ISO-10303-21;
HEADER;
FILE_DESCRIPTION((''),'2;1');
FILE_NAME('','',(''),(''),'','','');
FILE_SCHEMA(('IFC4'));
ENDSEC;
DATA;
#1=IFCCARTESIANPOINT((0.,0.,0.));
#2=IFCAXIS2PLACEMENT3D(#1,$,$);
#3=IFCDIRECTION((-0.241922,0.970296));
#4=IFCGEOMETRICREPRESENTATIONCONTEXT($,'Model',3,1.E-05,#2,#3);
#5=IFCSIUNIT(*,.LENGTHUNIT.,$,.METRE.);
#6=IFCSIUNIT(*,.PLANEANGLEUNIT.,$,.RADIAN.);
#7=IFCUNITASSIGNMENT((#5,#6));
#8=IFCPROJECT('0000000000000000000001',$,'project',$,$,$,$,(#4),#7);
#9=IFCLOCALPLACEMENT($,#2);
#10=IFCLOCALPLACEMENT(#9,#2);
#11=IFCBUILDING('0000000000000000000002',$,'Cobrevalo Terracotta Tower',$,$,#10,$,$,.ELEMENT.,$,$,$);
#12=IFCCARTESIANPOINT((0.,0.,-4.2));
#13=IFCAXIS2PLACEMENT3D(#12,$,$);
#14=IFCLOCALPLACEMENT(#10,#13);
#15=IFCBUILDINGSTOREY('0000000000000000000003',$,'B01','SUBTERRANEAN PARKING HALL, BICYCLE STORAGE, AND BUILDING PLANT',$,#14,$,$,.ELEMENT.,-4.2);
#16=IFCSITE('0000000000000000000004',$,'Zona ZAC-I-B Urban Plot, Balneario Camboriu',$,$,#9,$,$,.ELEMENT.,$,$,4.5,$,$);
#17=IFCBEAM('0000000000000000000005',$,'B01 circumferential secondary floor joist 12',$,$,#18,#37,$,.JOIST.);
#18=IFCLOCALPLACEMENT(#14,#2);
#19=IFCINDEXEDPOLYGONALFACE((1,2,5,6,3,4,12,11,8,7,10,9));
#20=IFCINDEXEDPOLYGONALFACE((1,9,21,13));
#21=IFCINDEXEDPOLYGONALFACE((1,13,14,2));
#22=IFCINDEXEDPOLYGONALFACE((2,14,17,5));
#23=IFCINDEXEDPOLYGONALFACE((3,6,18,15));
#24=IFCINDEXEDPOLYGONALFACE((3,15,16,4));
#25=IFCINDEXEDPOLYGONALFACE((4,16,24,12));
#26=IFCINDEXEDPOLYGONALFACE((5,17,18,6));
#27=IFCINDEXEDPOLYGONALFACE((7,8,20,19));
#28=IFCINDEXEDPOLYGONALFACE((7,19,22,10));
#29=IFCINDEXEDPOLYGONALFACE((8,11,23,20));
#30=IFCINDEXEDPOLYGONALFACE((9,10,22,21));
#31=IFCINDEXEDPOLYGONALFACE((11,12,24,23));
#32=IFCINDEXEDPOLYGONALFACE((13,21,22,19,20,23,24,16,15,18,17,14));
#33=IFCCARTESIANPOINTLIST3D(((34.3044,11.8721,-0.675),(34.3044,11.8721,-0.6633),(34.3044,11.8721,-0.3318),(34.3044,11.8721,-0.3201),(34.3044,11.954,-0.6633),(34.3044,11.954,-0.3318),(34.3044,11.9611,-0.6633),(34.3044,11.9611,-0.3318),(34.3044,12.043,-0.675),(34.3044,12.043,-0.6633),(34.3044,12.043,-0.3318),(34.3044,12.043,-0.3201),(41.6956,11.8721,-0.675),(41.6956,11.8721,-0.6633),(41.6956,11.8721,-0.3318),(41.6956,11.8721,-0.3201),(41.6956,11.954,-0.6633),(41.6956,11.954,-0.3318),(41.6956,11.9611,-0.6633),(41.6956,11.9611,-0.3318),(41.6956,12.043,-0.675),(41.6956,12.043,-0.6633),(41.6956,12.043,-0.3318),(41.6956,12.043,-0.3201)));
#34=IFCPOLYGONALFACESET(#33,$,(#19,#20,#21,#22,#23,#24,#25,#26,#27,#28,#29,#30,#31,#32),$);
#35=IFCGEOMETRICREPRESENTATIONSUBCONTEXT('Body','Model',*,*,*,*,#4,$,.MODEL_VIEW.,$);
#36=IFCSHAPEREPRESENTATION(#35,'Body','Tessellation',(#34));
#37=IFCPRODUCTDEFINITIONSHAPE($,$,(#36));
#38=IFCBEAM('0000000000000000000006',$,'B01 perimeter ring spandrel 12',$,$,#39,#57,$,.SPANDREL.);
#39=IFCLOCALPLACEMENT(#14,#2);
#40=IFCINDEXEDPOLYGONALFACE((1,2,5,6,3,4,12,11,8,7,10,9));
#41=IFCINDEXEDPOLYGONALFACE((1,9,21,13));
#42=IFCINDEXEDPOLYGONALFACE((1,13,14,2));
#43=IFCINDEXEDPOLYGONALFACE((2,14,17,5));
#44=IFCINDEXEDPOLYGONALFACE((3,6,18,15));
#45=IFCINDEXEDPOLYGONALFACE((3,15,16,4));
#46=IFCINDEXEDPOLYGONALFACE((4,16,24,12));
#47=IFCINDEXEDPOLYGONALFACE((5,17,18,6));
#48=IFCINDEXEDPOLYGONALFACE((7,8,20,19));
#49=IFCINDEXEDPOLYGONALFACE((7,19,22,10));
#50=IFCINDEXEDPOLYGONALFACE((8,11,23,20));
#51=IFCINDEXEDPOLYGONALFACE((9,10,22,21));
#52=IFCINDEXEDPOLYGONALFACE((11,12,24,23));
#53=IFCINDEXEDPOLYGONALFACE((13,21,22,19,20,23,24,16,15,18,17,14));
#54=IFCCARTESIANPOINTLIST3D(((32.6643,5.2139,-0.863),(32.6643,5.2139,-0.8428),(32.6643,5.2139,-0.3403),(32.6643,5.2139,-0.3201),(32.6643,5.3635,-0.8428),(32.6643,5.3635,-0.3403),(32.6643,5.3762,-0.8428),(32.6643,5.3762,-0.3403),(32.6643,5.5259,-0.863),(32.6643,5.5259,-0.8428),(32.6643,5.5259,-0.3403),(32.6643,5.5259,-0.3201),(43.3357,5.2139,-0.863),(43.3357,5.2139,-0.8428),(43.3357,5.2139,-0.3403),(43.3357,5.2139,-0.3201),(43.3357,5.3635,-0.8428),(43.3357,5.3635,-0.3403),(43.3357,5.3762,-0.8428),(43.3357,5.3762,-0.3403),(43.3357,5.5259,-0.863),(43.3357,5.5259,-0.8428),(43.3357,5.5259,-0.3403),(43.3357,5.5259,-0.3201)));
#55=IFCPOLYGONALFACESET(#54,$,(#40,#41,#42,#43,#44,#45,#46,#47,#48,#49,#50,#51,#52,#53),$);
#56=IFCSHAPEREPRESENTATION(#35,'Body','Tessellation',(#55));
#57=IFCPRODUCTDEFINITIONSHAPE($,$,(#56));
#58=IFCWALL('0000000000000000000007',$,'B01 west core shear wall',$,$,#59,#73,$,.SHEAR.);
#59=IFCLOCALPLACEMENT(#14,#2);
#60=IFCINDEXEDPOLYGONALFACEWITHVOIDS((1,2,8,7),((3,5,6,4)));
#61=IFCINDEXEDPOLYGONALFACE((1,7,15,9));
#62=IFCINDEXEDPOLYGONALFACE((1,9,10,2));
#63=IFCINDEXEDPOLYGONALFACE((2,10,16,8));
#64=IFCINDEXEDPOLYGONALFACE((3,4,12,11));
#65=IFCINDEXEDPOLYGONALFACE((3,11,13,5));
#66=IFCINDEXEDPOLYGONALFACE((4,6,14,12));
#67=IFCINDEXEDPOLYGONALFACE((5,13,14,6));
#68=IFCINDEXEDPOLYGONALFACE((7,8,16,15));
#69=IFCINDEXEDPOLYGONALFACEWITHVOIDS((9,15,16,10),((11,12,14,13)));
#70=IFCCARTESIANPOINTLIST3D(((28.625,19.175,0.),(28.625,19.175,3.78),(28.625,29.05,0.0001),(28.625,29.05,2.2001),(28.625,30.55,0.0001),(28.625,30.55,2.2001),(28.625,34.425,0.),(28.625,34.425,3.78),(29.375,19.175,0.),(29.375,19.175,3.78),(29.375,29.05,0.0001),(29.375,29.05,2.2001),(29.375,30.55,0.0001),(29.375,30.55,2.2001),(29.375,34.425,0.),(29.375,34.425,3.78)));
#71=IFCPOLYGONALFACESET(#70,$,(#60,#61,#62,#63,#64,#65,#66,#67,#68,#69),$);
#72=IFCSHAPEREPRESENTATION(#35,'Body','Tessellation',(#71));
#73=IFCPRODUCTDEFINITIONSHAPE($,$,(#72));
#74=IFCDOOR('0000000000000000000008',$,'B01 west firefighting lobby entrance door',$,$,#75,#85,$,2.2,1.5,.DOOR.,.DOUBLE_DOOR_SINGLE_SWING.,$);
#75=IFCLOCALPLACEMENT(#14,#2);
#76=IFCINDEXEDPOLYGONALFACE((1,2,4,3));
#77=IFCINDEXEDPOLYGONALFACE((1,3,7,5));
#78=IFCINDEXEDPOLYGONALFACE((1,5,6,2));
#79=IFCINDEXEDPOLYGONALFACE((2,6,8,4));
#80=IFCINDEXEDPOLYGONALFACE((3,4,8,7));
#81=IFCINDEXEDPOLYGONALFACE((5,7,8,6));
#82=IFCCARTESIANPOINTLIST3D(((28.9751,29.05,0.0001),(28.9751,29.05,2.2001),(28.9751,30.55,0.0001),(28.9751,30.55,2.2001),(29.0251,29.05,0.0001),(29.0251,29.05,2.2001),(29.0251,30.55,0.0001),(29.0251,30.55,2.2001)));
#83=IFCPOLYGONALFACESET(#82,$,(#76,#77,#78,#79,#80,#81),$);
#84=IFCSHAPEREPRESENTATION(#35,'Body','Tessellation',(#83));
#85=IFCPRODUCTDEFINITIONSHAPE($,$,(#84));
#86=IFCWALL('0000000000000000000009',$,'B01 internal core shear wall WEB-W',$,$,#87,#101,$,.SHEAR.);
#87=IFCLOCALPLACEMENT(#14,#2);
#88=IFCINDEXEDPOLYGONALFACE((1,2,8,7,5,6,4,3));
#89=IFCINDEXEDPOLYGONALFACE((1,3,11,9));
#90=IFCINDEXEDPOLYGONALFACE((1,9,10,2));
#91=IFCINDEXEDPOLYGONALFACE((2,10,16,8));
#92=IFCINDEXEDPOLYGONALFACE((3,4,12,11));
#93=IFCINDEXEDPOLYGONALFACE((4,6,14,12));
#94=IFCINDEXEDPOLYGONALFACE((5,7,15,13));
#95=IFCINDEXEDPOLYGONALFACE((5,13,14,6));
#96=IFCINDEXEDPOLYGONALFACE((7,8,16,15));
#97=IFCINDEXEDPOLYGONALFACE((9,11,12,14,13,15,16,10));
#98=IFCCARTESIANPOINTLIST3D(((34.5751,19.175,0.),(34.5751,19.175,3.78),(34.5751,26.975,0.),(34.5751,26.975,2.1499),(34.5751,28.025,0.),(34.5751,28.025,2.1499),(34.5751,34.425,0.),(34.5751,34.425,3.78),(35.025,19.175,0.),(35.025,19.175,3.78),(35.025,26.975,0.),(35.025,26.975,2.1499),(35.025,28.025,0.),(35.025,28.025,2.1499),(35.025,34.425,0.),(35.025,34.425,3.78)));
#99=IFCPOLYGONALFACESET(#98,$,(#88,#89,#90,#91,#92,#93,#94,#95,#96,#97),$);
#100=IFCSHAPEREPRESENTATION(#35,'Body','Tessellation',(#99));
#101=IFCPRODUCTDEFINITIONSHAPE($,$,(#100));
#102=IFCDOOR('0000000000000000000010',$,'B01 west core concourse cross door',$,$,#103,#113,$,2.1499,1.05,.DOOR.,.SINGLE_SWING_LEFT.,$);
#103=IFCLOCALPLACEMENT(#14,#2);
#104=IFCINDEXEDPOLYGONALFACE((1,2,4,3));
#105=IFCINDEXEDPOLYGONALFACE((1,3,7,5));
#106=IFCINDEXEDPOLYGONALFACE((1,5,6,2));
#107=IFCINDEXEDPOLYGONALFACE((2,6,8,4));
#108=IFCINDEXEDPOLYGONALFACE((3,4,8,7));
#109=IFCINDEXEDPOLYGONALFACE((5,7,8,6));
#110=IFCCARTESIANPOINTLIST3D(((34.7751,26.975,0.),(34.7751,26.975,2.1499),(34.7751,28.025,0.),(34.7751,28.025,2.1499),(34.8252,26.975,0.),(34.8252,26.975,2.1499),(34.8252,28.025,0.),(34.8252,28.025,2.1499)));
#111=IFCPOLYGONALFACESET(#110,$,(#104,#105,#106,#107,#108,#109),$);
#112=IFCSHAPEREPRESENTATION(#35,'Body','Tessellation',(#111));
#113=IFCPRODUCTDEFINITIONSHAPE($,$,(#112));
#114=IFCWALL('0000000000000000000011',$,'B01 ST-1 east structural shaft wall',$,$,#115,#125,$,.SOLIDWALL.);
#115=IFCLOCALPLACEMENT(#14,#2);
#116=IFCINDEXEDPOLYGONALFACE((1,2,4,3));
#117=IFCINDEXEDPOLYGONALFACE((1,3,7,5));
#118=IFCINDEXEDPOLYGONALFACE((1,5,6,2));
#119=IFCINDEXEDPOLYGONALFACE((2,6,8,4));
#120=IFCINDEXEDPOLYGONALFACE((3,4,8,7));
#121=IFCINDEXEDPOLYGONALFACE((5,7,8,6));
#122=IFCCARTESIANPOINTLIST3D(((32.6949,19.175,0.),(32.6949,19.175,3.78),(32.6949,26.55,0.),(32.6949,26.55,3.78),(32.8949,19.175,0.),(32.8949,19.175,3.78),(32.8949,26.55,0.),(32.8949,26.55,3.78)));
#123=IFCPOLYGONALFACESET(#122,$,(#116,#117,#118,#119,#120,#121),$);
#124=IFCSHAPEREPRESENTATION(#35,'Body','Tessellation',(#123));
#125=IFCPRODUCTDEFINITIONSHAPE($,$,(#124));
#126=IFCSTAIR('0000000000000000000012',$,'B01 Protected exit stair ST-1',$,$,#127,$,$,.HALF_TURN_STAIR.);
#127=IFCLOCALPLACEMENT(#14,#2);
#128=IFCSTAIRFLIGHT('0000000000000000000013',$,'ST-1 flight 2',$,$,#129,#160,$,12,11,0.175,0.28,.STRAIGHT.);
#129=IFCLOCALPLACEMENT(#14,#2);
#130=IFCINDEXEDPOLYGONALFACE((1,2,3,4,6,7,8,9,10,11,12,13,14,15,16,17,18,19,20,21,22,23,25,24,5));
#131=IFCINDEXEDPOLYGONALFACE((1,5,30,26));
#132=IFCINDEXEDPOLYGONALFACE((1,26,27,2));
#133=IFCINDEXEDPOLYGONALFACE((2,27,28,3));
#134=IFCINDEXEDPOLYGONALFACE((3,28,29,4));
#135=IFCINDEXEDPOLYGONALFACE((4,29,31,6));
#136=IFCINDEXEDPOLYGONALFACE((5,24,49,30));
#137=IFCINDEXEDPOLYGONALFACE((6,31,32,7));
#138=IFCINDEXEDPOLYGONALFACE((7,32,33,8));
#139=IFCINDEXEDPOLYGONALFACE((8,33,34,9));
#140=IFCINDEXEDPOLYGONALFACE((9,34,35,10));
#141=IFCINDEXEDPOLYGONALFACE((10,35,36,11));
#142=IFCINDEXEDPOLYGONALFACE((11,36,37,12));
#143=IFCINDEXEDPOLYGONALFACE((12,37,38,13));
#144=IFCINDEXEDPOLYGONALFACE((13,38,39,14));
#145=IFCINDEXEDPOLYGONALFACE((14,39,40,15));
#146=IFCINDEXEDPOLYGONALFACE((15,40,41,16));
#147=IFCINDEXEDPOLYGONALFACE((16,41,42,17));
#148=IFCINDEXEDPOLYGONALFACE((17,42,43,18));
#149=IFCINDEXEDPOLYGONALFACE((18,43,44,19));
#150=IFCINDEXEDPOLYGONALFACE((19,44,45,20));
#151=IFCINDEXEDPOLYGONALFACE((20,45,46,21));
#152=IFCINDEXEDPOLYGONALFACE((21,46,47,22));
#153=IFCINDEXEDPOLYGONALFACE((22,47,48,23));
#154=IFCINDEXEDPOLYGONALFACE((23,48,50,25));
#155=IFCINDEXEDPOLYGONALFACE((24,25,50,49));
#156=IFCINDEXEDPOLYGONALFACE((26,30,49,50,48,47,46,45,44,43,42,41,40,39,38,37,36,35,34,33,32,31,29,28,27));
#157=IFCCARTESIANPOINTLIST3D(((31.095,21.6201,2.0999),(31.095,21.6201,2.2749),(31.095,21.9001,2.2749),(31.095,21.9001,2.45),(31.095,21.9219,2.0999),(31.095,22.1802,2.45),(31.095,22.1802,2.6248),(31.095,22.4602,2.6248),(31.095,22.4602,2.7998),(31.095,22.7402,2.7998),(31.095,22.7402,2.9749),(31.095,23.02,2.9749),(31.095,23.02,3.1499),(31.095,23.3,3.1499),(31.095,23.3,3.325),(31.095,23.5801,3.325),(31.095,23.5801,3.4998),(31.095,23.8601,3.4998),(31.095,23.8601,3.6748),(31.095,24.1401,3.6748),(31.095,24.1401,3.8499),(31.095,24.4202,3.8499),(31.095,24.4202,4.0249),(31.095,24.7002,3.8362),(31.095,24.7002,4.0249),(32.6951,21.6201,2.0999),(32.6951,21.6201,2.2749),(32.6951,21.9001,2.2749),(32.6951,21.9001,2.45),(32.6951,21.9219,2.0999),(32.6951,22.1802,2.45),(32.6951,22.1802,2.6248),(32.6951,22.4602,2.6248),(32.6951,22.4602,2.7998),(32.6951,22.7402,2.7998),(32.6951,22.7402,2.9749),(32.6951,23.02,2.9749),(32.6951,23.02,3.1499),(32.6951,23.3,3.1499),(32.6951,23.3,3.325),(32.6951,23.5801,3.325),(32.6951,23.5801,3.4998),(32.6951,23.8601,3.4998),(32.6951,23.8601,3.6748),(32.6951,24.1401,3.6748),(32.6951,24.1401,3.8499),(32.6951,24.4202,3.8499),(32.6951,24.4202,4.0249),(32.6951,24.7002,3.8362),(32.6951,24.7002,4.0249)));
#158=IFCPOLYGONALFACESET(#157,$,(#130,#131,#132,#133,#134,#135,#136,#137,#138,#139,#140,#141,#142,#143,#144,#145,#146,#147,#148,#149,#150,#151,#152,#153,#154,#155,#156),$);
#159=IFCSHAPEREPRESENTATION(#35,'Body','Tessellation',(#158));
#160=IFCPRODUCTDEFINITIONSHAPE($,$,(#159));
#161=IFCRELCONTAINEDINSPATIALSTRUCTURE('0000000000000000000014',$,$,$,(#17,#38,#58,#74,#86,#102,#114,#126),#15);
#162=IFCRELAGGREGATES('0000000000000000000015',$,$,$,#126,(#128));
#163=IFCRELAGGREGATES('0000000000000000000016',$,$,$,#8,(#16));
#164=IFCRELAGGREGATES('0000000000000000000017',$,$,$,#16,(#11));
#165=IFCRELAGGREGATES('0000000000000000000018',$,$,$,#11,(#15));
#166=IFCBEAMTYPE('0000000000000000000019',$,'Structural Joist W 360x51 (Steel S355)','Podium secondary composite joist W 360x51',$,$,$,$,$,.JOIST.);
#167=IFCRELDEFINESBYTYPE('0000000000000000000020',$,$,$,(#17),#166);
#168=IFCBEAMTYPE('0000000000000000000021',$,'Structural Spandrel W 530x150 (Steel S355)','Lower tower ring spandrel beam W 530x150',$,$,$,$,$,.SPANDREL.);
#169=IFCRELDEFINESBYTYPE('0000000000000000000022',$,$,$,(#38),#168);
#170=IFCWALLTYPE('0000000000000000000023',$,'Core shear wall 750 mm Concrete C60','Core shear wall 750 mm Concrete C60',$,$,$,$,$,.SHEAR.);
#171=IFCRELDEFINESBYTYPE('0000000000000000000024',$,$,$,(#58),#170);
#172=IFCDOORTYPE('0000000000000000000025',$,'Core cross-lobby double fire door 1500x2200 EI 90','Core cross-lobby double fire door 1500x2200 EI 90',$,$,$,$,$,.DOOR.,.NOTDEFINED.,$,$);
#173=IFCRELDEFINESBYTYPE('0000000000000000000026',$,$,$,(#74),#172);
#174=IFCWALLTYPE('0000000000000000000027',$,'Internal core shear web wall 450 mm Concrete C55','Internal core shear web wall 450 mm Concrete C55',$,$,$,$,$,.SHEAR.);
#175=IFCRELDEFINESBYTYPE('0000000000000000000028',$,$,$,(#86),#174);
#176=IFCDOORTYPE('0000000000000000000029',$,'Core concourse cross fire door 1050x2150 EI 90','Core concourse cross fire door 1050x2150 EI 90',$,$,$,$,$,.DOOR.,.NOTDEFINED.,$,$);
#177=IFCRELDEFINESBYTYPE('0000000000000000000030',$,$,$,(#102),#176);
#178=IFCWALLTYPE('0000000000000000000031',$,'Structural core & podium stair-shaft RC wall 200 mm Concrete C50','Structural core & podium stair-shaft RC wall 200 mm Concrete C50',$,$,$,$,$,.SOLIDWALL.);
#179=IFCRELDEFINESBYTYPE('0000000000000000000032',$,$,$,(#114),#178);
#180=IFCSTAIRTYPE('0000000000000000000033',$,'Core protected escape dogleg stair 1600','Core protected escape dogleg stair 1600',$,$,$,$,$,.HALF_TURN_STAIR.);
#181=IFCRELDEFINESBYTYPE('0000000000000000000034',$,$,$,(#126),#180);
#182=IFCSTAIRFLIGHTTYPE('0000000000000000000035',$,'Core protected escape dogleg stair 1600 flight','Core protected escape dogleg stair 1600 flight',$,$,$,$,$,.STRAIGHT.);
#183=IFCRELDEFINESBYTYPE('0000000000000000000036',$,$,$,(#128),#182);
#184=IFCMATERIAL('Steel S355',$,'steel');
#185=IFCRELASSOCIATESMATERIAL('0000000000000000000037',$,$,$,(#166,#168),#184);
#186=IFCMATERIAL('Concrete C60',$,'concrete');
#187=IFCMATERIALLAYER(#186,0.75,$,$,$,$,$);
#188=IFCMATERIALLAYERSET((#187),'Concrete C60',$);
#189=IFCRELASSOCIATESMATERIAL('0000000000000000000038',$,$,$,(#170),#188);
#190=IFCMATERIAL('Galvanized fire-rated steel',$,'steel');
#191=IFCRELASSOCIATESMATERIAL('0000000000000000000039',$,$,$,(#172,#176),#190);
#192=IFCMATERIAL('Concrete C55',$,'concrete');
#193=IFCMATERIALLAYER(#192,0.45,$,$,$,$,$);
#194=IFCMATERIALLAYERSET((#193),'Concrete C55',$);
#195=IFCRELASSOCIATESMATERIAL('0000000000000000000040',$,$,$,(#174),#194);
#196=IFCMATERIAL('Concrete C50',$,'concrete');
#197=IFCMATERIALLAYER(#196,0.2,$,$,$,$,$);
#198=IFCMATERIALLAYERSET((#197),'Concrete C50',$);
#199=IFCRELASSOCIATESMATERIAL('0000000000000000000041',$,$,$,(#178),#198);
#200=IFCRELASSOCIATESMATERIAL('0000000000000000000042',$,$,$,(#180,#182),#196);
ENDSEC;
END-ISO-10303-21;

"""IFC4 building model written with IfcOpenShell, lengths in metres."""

from ifc_helpers import new_model, si_unit, direction, frame, frame_2d, origin, origin_2d, place, context, subcontext, project, spatial, polyline, rectangle, i_section, outline, extrude, source, transform, mapped, material, layer, layer_set, material_profile, profile_set, type_object, element, fill, aggregate, save


model = new_model("IFC4")

# Units and contexts
model_context = context("Model", 3, precision=1e-05, world=origin(), true_north=direction((-0.241922, 0.970296)))
body_context = subcontext(model_context, "Body", "Model", "MODEL_VIEW")
ifc_project = project(units=[si_unit("LENGTHUNIT", "METRE"), si_unit("PLANEANGLEUNIT", "RADIAN")], contexts=[model_context])

# Site, building, storey
site_placement = place(None, origin())
site = spatial("IfcSite", under=ifc_project, at=site_placement, Name="Zona ZAC-I-B Urban Plot, Balneario Camboriu", CompositionType="ELEMENT", RefElevation=4.5)
building_placement = place(site_placement, origin())
building = spatial("IfcBuilding", under=site, at=building_placement, Name="Cobrevalo Terracotta Tower", CompositionType="ELEMENT")
storey_placement = place(building_placement, frame((0.0, 0.0, -4.2)))
storey = spatial("IfcBuildingStorey", under=building, at=storey_placement, Name="B01", Description="SUBTERRANEAN PARKING HALL, BICYCLE STORAGE, AND BUILDING PLANT", CompositionType="ELEMENT", Elevation=-4.2)

# Shared definitions
ifc_material_1 = material(Name="Steel S355", Category="steel")
ifc_material_2 = material(Name="Concrete C60", Category="concrete")
ifc_material_3 = material(Name="Concrete C50", Category="concrete")

# Beams
ifc_material_profile_1 = material_profile(ifc_material_1, i_section(OverallWidth=0.1709, OverallDepth=0.355, WebThickness=0.0071, FlangeThickness=0.0117, at=origin_2d()), Name="W 360x51")
ifc_profile_set_1 = profile_set([ifc_material_profile_1], Name="Steel S355")
beam_type_1 = type_object("IfcBeamType", Name="Structural Joist W 360x51 (Steel S355)", Description="Podium secondary composite joist W 360x51", PredefinedType="JOIST", material=ifc_profile_set_1)
beam_1_placement = place(storey_placement, frame((34.3044, 11.9575, -0.4976), z_axis=(1.0, 0.0, 0.0), x_axis=(0.0, 1.0, 0.0)))
element("IfcBeam", 1, at=beam_1_placement, inside=storey, type_object=beam_type_1, Name="B01 circumferential secondary floor joist 12", PredefinedType="JOIST", context=body_context, shape_type="SweptSolid", body=[
    extrude(i_section(OverallWidth=0.1709, OverallDepth=0.355, WebThickness=0.0071, FlangeThickness=0.0117, at=origin_2d()), origin(), (0.0, 0.0, 1.0), 7.3911),
])
ifc_material_profile_2 = material_profile(ifc_material_1, i_section(OverallWidth=0.312, OverallDepth=0.543, WebThickness=0.0127, FlangeThickness=0.0203, at=origin_2d()), Name="W 530x150")
ifc_profile_set_2 = profile_set([ifc_material_profile_2], Name="Steel S355")
beam_type_2 = type_object("IfcBeamType", Name="Structural Spandrel W 530x150 (Steel S355)", Description="Lower tower ring spandrel beam W 530x150", PredefinedType="SPANDREL", material=ifc_profile_set_2)
beam_2_placement = place(storey_placement, frame((32.6643, 5.3699, -0.5916), z_axis=(1.0, 0.0, 0.0), x_axis=(0.0, 1.0, 0.0)))
element("IfcBeam", 2, at=beam_2_placement, inside=storey, type_object=beam_type_2, Name="B01 perimeter ring spandrel 12", PredefinedType="SPANDREL", context=body_context, shape_type="SweptSolid", body=[
    extrude(i_section(OverallWidth=0.312, OverallDepth=0.543, WebThickness=0.0127, FlangeThickness=0.0203, at=origin_2d()), origin(), (0.0, 0.0, 1.0), 10.6714),
])

# Walls, openings, doors
ifc_layer_1 = layer(ifc_material_2, 0.75)
ifc_layer_set_1 = layer_set([ifc_layer_1], Name="Concrete C60")
wall_type_1 = type_object("IfcWallType", Name="Core shear wall 750 mm Concrete C60", Description="Core shear wall 750 mm Concrete C60", PredefinedType="SHEAR", material=ifc_layer_set_1)
wall_1_placement = place(storey_placement, frame((29.0, 19.175, 0.0), z_axis=(0.0, 0.0, 1.0), x_axis=(0.0, 1.0, 0.0)))
wall_1 = element("IfcWall", 3, at=wall_1_placement, inside=storey, type_object=wall_type_1, Name="B01 west core shear wall", PredefinedType="SHEAR", context=body_context, shape_type="SweptSolid", body=[
    extrude(rectangle(XDim=15.25, YDim=0.75, at=frame_2d((7.625, 0.0))), origin(), (0.0, 0.0, 1.0), 3.78),
])
opening_1_placement = place(wall_1_placement, frame((9.875, 0.0, 0.0)))
opening_1 = element("IfcOpeningElement", 4, at=opening_1_placement, cuts=wall_1, PredefinedType="OPENING", context=body_context, shape_type="SweptSolid", body=[
    extrude(rectangle(XDim=1.5, YDim=2.2, at=frame_2d((0.75, 1.1001))), frame((0.0, 0.385, 0.0), z_axis=(0.0, -1.0, 0.0), x_axis=(1.0, 0.0, 0.0)), (0.0, 0.0, 1.0), 0.77),
])
ifc_material_4 = material(Name="Galvanized fire-rated steel", Category="steel")
door_type_1 = type_object("IfcDoorType", Name="Core cross-lobby double fire door 1500x2200 EI 90", Description="Core cross-lobby double fire door 1500x2200 EI 90", OperationType="NOTDEFINED", PredefinedType="DOOR", material=ifc_material_4)
shared_shape_1 = source(origin(), body_context, "Body", "SweptSolid", [
    extrude(rectangle(XDim=1.5, YDim=2.2, at=frame_2d((0.75, 1.1001))), frame((0.0, 0.0249, 0.0), z_axis=(0.0, -1.0, 0.0), x_axis=(1.0, 0.0, 0.0)), (0.0, 0.0, 1.0), 0.05),
])
door_1_placement = place(opening_1_placement, origin())
door_1 = element("IfcDoor", 5, at=door_1_placement, inside=storey, type_object=door_type_1, Name="B01 west firefighting lobby entrance door", OperationType="DOUBLE_DOOR_SINGLE_SWING", OverallHeight=2.2, OverallWidth=1.5, PredefinedType="DOOR", context=body_context, shape_type="MappedRepresentation", body=[
    mapped(shared_shape_1, transform((0.0, 0.0, 0.0), scale=1.0)),
])
fill(opening_1, door_1)
ifc_material_5 = material(Name="Concrete C55", Category="concrete")
ifc_layer_2 = layer(ifc_material_5, 0.45)
ifc_layer_set_2 = layer_set([ifc_layer_2], Name="Concrete C55")
wall_type_2 = type_object("IfcWallType", Name="Internal core shear web wall 450 mm Concrete C55", Description="Internal core shear web wall 450 mm Concrete C55", PredefinedType="SHEAR", material=ifc_layer_set_2)
wall_2_placement = place(storey_placement, frame((34.8, 19.175, 0.0), z_axis=(0.0, 0.0, 1.0), x_axis=(0.0, 1.0, 0.0)))
wall_2 = element("IfcWall", 6, at=wall_2_placement, inside=storey, type_object=wall_type_2, Name="B01 internal core shear wall WEB-W", PredefinedType="SHEAR", context=body_context, shape_type="SweptSolid", body=[
    extrude(rectangle(XDim=15.25, YDim=0.45, at=frame_2d((7.625, 0.0))), origin(), (0.0, 0.0, 1.0), 3.78),
])
opening_2_placement = place(wall_2_placement, frame((7.8, 0.0, 0.0)))
opening_2 = element("IfcOpeningElement", 7, at=opening_2_placement, cuts=wall_2, PredefinedType="OPENING", context=body_context, shape_type="SweptSolid", body=[
    extrude(rectangle(XDim=1.05, YDim=2.1499, at=frame_2d((0.5249, 1.075))), frame((0.0, 0.2349, 0.0), z_axis=(0.0, -1.0, 0.0), x_axis=(1.0, 0.0, 0.0)), (0.0, 0.0, 1.0), 0.47),
])
door_type_2 = type_object("IfcDoorType", Name="Core concourse cross fire door 1050x2150 EI 90", Description="Core concourse cross fire door 1050x2150 EI 90", OperationType="NOTDEFINED", PredefinedType="DOOR", material=ifc_material_4)
shared_shape_2 = source(origin(), body_context, "Body", "SweptSolid", [
    extrude(rectangle(XDim=1.05, YDim=2.1499, at=frame_2d((0.5249, 1.075))), frame((0.0, 0.0249, 0.0), z_axis=(0.0, -1.0, 0.0), x_axis=(1.0, 0.0, 0.0)), (0.0, 0.0, 1.0), 0.05),
])
door_2_placement = place(opening_2_placement, origin())
door_2 = element("IfcDoor", 8, at=door_2_placement, inside=storey, type_object=door_type_2, Name="B01 west core concourse cross door", OperationType="SINGLE_SWING_LEFT", OverallHeight=2.1499, OverallWidth=1.05, PredefinedType="DOOR", context=body_context, shape_type="MappedRepresentation", body=[
    mapped(shared_shape_2, transform((0.0, 0.0, 0.0), scale=1.0)),
])
fill(opening_2, door_2)

# Wall
ifc_layer_3 = layer(ifc_material_3, 0.2)
ifc_layer_set_3 = layer_set([ifc_layer_3], Name="Concrete C50")
wall_type_3 = type_object("IfcWallType", Name="Structural core & podium stair-shaft RC wall 200 mm Concrete C50", Description="Structural core & podium stair-shaft RC wall 200 mm Concrete C50", PredefinedType="SOLIDWALL", material=ifc_layer_set_3)
wall_3_placement = place(storey_placement, frame((32.7949, 19.175, 0.0), z_axis=(0.0, 0.0, 1.0), x_axis=(0.0, 1.0, 0.0)))
element("IfcWall", 9, at=wall_3_placement, inside=storey, type_object=wall_type_3, Name="B01 ST-1 east structural shaft wall", PredefinedType="SOLIDWALL", context=body_context, shape_type="SweptSolid", body=[
    extrude(rectangle(XDim=7.375, YDim=0.2, at=frame_2d((3.6875, 0.0))), origin(), (0.0, 0.0, 1.0), 3.78),
])

# Stair, stair flight
stair_type = type_object("IfcStairType", Name="Core protected escape dogleg stair 1600", Description="Core protected escape dogleg stair 1600", PredefinedType="HALF_TURN_STAIR", material=ifc_material_3)
stair_placement = place(storey_placement, origin())
stair = element("IfcStair", 10, at=stair_placement, inside=storey, type_object=stair_type, Name="B01 Protected exit stair ST-1", PredefinedType="HALF_TURN_STAIR")
stair_flight_type = type_object("IfcStairFlightType", Name="Core protected escape dogleg stair 1600 flight", Description="Core protected escape dogleg stair 1600 flight", PredefinedType="STRAIGHT", material=ifc_material_3)
stair_flight_placement = place(storey_placement, frame((31.895, 21.6201, 2.0999), z_axis=(0.0, 0.0, 1.0), x_axis=(0.0, 1.0, 0.0)))
stair_flight = element("IfcStairFlight", 11, at=stair_flight_placement, type_object=stair_flight_type, Name="ST-1 flight 2", NumberOfRisers=12, NumberOfTreads=11, PredefinedType="STRAIGHT", RiserHeight=0.175, TreadLength=0.28, context=body_context, shape_type="SweptSolid", body=[
    extrude(outline(polyline([(0.0, 0.0), (0.0, 0.175), (0.28, 0.175), (0.28, 0.3501), (0.5601, 0.3501), (0.5601, 0.5249), (0.8401, 0.5249), (0.8401, 0.7), (1.1201, 0.7), (1.1201, 0.875), (1.3999, 0.875), (1.3999, 1.05), (1.6799, 1.05), (1.6799, 1.2251), (1.96, 1.2251), (1.96, 1.3999), (2.24, 1.3999), (2.24, 1.575), (2.52, 1.575), (2.52, 1.75), (2.8, 1.75), (2.8, 1.925), (3.0801, 1.925), (3.0801, 2.1001), (3.0801, 1.7363), (0.3018, 0.0), (0.0, 0.0)])), frame((0.0, 0.8, 0.0), z_axis=(0.0, -1.0, 0.0), x_axis=(1.0, 0.0, 0.0)), (0.0, 0.0, 1.0), 1.6001),
])
aggregate(stair, [stair_flight])

save(model, "model.ifc")
